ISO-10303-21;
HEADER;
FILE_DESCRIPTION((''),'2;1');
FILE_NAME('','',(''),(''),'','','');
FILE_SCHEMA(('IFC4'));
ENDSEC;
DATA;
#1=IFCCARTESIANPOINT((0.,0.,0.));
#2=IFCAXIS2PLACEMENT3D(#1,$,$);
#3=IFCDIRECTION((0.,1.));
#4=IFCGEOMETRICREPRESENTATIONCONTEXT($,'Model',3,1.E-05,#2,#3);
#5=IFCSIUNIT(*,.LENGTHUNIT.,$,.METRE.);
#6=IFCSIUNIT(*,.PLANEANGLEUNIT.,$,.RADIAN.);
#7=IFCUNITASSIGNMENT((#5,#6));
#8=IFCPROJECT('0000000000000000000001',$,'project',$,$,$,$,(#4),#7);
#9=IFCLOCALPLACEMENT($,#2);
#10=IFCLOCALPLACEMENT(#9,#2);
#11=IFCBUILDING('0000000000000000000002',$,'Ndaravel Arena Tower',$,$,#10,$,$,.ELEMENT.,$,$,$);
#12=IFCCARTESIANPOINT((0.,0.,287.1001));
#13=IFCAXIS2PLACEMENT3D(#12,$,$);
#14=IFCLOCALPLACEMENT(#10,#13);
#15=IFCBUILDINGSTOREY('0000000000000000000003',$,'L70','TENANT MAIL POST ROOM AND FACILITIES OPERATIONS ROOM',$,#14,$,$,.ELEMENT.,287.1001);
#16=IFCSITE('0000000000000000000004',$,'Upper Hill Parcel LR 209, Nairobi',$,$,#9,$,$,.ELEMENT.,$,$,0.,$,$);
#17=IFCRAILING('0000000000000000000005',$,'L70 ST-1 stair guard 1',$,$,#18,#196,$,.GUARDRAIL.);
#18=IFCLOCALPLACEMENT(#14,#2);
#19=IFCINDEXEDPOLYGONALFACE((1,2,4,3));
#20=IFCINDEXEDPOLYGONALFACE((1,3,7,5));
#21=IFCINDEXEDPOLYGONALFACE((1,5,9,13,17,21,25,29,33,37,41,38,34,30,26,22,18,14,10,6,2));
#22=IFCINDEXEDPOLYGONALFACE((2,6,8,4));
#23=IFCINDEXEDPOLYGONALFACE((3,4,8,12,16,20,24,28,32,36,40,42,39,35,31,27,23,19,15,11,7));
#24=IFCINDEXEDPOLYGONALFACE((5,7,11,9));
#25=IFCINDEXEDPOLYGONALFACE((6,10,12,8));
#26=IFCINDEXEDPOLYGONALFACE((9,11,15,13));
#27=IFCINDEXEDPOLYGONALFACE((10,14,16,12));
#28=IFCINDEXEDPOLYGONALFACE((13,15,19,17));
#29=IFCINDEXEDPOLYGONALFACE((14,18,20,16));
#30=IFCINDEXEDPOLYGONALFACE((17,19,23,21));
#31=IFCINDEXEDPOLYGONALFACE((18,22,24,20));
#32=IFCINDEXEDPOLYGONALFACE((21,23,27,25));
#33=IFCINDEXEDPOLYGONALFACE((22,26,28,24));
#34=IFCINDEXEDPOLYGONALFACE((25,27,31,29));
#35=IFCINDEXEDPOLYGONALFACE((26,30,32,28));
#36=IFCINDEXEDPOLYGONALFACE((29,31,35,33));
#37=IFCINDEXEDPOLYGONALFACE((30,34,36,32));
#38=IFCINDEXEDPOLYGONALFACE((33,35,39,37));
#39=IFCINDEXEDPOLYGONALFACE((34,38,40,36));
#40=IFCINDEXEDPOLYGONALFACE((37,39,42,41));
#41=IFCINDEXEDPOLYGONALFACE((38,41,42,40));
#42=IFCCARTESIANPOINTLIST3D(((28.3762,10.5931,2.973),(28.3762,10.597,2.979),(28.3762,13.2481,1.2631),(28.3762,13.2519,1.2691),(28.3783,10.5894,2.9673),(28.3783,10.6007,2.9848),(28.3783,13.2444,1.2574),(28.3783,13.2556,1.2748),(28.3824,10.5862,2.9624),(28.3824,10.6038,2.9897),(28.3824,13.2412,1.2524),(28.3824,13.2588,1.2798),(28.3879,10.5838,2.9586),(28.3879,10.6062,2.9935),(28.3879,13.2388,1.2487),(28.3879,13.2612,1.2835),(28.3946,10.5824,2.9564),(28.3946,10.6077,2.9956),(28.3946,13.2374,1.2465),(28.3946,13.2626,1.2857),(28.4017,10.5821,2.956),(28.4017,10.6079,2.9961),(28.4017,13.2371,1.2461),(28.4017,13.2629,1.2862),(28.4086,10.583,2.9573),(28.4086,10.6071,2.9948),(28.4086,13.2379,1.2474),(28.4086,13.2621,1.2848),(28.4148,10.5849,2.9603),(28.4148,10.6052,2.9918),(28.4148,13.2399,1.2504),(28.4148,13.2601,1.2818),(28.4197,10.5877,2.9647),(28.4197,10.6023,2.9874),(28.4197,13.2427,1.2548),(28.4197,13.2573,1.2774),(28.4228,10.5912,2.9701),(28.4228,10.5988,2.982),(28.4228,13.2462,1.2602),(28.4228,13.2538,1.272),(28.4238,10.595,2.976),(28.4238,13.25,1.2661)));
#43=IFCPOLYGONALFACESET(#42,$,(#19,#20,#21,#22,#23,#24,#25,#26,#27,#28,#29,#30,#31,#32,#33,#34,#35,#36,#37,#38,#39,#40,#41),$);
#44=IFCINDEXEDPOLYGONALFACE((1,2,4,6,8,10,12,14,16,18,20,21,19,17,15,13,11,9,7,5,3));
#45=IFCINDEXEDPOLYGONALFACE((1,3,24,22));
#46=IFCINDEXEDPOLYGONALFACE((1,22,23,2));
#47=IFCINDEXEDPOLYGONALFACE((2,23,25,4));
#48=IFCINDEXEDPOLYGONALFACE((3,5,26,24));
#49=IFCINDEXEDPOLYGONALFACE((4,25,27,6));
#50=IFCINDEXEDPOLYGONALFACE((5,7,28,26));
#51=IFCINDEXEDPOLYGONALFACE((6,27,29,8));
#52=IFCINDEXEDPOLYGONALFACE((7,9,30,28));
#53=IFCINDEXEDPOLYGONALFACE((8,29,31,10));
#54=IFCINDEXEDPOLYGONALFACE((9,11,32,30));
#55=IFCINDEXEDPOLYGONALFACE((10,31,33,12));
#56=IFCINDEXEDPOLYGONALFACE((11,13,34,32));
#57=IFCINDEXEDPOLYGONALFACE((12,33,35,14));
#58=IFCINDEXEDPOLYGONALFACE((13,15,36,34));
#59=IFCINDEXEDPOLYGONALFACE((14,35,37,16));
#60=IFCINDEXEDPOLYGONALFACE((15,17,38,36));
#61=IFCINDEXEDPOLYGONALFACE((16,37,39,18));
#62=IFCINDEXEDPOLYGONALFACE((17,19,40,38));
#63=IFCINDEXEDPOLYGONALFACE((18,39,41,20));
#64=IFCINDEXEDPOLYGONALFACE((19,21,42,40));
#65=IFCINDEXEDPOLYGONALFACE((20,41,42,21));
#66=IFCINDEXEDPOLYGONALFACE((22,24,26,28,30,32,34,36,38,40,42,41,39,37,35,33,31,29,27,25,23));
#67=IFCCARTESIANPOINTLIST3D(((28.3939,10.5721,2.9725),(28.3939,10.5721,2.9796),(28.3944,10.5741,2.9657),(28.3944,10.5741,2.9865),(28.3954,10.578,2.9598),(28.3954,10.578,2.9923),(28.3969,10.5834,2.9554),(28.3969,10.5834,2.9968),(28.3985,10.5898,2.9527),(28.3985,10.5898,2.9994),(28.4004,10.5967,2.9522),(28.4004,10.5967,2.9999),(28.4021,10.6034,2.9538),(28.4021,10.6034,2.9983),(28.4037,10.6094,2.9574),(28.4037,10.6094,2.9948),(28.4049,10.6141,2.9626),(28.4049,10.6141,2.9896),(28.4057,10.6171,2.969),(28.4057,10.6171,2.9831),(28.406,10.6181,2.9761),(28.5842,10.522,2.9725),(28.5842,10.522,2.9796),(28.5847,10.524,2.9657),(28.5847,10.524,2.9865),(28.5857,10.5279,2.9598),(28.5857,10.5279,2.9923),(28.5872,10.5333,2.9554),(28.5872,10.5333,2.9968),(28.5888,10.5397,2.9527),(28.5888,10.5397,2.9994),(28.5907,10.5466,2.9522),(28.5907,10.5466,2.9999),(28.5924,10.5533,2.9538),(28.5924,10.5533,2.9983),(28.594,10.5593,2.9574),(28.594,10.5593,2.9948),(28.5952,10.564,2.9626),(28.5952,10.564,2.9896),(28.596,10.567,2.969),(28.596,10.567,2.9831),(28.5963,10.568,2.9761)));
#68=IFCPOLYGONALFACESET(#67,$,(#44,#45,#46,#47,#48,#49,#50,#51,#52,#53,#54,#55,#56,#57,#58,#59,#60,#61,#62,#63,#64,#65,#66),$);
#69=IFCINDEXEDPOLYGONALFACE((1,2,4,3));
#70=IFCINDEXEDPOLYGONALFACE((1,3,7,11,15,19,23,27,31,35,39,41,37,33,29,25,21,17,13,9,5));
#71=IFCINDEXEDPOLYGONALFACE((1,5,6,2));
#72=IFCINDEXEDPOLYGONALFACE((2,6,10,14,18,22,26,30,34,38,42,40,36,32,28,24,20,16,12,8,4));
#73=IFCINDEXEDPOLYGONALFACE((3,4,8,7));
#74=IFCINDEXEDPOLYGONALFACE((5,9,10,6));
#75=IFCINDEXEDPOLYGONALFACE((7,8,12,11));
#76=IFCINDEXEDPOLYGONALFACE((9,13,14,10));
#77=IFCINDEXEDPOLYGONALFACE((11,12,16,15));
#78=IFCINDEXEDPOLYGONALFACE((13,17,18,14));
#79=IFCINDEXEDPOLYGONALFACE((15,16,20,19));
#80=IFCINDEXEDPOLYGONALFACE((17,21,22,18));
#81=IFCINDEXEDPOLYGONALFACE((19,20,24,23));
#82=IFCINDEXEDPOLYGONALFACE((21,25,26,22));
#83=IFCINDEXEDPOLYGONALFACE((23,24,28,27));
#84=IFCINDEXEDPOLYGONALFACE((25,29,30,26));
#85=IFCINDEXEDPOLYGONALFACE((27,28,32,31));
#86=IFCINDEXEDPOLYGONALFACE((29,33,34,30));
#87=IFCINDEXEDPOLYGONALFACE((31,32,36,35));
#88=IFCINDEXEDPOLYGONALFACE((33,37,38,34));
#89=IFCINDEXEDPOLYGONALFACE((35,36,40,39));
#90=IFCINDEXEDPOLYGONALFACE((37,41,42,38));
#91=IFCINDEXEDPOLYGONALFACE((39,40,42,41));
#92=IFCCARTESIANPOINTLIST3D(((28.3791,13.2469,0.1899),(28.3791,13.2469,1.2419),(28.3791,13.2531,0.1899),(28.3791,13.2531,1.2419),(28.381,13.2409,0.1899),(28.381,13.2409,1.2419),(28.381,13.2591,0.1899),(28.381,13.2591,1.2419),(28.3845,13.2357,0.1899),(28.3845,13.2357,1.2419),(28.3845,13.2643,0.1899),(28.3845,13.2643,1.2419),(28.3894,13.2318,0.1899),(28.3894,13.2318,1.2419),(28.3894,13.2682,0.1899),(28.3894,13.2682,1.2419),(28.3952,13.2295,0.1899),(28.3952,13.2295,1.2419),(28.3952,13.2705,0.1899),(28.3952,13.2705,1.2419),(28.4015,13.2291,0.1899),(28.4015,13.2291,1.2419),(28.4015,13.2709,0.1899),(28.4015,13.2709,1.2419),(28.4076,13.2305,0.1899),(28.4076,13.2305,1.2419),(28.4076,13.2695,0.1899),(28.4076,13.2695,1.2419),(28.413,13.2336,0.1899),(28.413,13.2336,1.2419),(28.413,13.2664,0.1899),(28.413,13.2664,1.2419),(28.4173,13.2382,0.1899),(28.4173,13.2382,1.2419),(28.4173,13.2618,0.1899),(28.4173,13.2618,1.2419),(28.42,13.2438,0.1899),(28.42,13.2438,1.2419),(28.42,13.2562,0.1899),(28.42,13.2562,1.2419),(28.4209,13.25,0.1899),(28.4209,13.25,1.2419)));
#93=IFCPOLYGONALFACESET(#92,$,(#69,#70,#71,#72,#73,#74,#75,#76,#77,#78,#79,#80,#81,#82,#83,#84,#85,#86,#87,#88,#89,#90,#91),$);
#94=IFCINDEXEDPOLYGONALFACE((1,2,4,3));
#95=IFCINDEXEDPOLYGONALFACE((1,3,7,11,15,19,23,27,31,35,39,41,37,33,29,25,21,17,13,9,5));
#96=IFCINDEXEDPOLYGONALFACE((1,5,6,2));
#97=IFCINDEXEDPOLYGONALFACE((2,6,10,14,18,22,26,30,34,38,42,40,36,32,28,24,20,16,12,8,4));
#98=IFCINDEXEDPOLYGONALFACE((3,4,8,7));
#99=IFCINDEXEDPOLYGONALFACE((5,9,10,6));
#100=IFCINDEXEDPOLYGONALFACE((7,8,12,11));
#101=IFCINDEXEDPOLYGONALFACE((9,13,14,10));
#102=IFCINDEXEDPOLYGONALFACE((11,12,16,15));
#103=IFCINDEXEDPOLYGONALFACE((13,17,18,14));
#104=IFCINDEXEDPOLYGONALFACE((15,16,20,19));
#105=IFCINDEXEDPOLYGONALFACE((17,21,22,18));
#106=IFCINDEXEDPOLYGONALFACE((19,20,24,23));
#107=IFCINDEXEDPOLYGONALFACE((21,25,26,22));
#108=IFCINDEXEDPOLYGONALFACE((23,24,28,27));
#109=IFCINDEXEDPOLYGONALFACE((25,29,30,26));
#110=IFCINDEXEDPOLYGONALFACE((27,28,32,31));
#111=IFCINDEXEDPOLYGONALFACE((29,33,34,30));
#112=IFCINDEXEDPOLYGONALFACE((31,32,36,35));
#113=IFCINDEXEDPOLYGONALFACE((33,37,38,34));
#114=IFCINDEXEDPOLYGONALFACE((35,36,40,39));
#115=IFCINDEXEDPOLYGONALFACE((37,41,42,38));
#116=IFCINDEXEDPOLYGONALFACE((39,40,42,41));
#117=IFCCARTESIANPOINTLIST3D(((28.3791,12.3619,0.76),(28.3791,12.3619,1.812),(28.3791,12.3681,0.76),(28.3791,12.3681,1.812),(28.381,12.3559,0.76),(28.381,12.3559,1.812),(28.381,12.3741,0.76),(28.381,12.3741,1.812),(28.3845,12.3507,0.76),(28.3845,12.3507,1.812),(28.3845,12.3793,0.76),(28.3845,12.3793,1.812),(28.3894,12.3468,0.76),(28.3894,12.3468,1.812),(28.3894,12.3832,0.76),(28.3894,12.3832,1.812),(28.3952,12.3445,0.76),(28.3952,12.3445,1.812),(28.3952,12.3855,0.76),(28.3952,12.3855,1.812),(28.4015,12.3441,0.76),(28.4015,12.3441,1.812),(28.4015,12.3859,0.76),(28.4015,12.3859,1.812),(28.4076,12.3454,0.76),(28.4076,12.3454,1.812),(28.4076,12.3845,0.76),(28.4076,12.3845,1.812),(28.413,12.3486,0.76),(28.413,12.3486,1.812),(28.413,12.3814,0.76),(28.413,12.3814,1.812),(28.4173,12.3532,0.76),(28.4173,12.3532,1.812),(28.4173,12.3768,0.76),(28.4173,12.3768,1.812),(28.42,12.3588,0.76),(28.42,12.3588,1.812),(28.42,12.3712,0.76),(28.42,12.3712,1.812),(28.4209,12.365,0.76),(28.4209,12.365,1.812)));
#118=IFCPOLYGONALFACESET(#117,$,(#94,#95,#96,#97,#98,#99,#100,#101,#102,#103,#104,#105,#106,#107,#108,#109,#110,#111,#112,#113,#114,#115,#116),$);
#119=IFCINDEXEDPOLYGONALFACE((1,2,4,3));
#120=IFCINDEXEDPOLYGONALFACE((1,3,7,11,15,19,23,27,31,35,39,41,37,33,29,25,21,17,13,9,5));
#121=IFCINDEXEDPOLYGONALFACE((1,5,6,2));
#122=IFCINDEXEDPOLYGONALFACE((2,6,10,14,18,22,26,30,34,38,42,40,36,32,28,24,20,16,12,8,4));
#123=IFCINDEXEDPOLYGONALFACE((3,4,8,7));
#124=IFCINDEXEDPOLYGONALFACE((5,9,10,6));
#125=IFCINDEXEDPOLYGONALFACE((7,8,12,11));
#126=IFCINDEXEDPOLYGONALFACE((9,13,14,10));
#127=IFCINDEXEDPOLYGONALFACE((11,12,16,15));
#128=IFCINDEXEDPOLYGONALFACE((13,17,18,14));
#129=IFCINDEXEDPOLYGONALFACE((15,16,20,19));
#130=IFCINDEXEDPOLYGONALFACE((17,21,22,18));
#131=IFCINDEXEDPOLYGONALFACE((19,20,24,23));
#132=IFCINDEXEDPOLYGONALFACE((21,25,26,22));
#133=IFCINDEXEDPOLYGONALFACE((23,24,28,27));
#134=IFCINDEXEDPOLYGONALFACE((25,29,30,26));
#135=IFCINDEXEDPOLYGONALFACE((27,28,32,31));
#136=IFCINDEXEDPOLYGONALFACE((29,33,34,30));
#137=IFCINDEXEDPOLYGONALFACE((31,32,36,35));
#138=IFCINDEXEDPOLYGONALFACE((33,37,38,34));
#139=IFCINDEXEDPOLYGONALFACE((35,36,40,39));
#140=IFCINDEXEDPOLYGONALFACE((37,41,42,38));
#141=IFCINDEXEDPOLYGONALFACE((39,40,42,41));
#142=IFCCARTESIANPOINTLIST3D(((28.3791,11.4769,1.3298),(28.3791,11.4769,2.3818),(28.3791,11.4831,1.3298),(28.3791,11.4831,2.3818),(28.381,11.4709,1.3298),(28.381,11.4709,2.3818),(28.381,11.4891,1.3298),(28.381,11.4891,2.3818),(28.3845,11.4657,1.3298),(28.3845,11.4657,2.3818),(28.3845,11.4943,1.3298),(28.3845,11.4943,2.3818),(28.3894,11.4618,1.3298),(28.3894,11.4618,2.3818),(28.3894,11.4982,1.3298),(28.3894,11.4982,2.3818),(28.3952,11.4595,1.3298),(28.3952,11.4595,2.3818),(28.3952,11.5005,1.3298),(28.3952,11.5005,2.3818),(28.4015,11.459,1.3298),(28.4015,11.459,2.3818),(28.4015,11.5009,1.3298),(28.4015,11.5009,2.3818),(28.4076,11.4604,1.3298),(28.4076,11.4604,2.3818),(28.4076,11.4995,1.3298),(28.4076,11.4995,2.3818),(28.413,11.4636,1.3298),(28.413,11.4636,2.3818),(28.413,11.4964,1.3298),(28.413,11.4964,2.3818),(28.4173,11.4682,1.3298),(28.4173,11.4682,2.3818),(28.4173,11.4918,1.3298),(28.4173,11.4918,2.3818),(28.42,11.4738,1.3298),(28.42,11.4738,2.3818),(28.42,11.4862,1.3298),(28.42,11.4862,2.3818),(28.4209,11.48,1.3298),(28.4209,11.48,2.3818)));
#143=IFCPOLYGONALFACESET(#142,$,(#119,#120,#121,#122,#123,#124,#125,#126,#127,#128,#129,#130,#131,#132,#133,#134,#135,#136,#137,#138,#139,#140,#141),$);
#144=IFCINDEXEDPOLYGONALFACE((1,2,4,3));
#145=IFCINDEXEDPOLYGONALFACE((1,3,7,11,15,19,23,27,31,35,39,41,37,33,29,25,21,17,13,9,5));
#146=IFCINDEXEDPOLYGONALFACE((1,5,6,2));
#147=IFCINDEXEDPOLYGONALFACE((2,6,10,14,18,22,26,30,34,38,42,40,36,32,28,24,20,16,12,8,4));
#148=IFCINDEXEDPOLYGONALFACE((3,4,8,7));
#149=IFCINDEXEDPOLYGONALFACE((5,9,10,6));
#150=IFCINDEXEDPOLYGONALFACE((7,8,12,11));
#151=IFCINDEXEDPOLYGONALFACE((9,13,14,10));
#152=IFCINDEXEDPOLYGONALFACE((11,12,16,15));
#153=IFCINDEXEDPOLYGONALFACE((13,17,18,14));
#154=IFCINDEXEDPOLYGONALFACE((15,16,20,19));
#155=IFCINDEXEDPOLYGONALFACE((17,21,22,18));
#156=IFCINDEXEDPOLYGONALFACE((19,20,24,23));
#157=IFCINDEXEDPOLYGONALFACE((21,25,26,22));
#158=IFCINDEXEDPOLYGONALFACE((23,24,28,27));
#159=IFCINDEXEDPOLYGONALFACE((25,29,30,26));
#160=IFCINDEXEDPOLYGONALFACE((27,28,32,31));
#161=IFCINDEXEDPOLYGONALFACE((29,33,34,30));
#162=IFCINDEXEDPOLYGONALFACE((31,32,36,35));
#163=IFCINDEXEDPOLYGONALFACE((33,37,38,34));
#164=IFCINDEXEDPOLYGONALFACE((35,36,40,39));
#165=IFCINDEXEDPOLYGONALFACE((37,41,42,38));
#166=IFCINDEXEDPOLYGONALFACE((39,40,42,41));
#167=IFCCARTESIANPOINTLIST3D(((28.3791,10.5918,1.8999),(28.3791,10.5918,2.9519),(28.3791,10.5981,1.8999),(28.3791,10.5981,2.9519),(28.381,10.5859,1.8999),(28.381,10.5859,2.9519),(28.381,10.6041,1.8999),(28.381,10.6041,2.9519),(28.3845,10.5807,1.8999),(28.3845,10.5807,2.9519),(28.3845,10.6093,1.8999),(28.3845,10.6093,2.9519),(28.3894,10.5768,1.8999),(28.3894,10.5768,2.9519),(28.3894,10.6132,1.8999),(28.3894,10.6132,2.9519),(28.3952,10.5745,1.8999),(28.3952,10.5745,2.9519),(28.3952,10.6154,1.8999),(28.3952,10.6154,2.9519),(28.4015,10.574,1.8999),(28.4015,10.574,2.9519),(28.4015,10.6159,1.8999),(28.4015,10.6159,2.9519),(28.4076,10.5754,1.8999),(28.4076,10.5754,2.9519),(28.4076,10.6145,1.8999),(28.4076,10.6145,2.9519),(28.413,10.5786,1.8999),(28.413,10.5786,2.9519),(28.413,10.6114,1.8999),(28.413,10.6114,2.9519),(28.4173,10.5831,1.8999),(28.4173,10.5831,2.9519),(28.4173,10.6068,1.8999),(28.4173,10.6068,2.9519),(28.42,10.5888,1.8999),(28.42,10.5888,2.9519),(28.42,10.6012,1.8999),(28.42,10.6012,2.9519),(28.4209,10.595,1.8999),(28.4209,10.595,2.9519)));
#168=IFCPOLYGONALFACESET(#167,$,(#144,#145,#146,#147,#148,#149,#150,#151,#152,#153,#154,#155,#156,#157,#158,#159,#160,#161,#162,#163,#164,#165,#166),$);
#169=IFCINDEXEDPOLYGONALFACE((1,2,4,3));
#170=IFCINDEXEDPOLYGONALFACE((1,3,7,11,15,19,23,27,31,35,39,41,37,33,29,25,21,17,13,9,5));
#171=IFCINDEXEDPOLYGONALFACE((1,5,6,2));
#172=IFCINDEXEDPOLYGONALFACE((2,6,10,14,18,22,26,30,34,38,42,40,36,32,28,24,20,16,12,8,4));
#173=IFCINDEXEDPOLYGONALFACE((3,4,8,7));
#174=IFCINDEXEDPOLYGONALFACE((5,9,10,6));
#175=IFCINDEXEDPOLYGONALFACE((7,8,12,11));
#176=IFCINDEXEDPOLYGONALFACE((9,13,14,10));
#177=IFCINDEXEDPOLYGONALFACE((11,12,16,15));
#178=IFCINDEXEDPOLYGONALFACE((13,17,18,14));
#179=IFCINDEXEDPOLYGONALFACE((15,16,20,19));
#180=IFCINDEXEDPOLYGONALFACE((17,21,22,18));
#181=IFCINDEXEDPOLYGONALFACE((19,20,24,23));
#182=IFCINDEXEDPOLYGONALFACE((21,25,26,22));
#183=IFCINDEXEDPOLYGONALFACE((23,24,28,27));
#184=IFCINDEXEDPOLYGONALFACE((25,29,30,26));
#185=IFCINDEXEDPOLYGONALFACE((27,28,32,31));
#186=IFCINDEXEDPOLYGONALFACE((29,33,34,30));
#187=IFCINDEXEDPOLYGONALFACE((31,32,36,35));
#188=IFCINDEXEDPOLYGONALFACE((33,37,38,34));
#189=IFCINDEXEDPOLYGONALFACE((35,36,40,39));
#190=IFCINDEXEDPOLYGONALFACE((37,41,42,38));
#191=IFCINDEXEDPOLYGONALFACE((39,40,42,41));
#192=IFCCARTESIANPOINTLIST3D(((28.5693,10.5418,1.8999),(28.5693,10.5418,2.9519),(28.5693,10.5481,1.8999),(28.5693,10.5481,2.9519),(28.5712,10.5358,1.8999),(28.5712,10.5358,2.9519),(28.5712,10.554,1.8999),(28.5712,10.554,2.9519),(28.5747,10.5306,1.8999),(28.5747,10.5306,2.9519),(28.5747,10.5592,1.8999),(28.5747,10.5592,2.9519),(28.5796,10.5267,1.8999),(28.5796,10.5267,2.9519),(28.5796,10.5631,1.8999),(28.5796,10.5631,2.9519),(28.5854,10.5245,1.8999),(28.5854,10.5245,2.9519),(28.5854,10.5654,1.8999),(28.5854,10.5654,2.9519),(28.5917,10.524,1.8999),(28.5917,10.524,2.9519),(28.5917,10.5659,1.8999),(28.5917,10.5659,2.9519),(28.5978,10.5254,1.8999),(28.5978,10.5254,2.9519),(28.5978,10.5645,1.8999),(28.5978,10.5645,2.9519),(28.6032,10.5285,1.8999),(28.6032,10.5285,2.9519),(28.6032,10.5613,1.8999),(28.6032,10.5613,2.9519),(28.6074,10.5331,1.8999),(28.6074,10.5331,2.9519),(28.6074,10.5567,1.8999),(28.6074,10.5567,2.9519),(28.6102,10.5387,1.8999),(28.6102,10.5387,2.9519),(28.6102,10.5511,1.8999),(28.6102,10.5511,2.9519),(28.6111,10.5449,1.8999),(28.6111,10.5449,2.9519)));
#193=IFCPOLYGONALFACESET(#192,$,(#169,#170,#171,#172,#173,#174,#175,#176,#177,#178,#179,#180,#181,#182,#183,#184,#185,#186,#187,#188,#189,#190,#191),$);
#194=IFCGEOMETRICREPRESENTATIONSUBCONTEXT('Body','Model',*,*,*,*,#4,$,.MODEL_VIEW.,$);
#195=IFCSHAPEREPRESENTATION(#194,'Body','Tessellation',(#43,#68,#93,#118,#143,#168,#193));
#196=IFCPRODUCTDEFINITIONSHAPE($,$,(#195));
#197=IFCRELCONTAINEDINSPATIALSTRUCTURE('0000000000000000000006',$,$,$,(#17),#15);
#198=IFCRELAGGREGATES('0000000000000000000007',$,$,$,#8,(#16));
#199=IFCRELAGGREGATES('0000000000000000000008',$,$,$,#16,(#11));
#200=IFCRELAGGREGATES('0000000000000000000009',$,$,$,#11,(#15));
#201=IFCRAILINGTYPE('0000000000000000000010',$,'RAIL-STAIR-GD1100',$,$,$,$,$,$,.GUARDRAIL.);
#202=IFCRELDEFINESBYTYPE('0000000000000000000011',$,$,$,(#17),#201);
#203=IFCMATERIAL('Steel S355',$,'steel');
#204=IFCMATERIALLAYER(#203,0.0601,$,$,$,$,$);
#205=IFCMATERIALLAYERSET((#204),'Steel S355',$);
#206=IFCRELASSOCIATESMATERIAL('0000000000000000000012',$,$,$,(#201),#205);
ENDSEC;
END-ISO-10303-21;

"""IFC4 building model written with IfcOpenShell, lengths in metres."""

from ifc_helpers import new_model, si_unit, direction, frame, origin, origin_2d, place, context, subcontext, project, spatial, circle, extrude, material, layer, layer_set, type_object, element, save


model = new_model("IFC4")

# Units and contexts
model_context = context("Model", 3, precision=1e-05, world=origin(), true_north=direction((0.0, 1.0)))
body_context = subcontext(model_context, "Body", "Model", "MODEL_VIEW")
ifc_project = project(units=[si_unit("LENGTHUNIT", "METRE"), si_unit("PLANEANGLEUNIT", "RADIAN")], contexts=[model_context])

# Site, building, storey
site_placement = place(None, origin())
site = spatial("IfcSite", under=ifc_project, at=site_placement, Name="Upper Hill Parcel LR 209, Nairobi", CompositionType="ELEMENT", RefElevation=0.0)
building_placement = place(site_placement, origin())
building = spatial("IfcBuilding", under=site, at=building_placement, Name="Ndaravel Arena Tower", CompositionType="ELEMENT")
storey_placement = place(building_placement, frame((0.0, 0.0, 287.1001)))
storey = spatial("IfcBuildingStorey", under=building, at=storey_placement, Name="L70", Description="TENANT MAIL POST ROOM AND FACILITIES OPERATIONS ROOM", CompositionType="ELEMENT", Elevation=287.1001)

# Railing
ifc_material_1 = material(Name="Steel S355", Category="steel")
ifc_layer_1 = layer(ifc_material_1, 0.0601)
ifc_layer_set_1 = layer_set([ifc_layer_1], Name="Steel S355")
railing_type_1 = type_object("IfcRailingType", Name="RAIL-STAIR-GD1100", PredefinedType="GUARDRAIL", material=ifc_layer_set_1)
railing_1_placement = place(storey_placement, frame((28.3999, 13.25, 0.1899)))
element("IfcRailing", 1, at=railing_1_placement, inside=storey, type_object=railing_type_1, Name="L70 ST-1 stair guard 1", PredefinedType="GUARDRAIL", context=body_context, shape_type="SweptSolid", body=[
    extrude(circle(Radius=0.0239, at=origin_2d()), frame((0.0, 0.0, 1.0762), z_axis=(0.0, -0.840724, 0.541465), x_axis=(1.0, 0.0, 0.0)), (0.0, 0.0, 1.0), 3.158),
    extrude(circle(Radius=0.0239, at=origin_2d()), frame((0.0, -2.655, 2.7861), z_axis=(0.967075, -0.254493, 0.0), x_axis=(0.254493, 0.967075, 0.0)), (0.0, 0.0, 1.0), 0.1968),
    extrude(circle(Radius=0.021, at=origin_2d()), origin(), (0.0, 0.0, 1.0), 1.052),
    extrude(circle(Radius=0.021, at=origin_2d()), frame((0.0, -0.885, 0.5701)), (0.0, 0.0, 1.0), 1.052),
    extrude(circle(Radius=0.021, at=origin_2d()), frame((0.0, -1.77, 1.1399)), (0.0, 0.0, 1.0), 1.052),
    extrude(circle(Radius=0.021, at=origin_2d()), frame((0.0, -2.655, 1.71)), (0.0, 0.0, 1.0), 1.052),
    extrude(circle(Radius=0.021, at=origin_2d()), frame((0.1902, -2.7051, 1.71)), (0.0, 0.0, 1.0), 1.052),
])

save(model, "model.ifc")
